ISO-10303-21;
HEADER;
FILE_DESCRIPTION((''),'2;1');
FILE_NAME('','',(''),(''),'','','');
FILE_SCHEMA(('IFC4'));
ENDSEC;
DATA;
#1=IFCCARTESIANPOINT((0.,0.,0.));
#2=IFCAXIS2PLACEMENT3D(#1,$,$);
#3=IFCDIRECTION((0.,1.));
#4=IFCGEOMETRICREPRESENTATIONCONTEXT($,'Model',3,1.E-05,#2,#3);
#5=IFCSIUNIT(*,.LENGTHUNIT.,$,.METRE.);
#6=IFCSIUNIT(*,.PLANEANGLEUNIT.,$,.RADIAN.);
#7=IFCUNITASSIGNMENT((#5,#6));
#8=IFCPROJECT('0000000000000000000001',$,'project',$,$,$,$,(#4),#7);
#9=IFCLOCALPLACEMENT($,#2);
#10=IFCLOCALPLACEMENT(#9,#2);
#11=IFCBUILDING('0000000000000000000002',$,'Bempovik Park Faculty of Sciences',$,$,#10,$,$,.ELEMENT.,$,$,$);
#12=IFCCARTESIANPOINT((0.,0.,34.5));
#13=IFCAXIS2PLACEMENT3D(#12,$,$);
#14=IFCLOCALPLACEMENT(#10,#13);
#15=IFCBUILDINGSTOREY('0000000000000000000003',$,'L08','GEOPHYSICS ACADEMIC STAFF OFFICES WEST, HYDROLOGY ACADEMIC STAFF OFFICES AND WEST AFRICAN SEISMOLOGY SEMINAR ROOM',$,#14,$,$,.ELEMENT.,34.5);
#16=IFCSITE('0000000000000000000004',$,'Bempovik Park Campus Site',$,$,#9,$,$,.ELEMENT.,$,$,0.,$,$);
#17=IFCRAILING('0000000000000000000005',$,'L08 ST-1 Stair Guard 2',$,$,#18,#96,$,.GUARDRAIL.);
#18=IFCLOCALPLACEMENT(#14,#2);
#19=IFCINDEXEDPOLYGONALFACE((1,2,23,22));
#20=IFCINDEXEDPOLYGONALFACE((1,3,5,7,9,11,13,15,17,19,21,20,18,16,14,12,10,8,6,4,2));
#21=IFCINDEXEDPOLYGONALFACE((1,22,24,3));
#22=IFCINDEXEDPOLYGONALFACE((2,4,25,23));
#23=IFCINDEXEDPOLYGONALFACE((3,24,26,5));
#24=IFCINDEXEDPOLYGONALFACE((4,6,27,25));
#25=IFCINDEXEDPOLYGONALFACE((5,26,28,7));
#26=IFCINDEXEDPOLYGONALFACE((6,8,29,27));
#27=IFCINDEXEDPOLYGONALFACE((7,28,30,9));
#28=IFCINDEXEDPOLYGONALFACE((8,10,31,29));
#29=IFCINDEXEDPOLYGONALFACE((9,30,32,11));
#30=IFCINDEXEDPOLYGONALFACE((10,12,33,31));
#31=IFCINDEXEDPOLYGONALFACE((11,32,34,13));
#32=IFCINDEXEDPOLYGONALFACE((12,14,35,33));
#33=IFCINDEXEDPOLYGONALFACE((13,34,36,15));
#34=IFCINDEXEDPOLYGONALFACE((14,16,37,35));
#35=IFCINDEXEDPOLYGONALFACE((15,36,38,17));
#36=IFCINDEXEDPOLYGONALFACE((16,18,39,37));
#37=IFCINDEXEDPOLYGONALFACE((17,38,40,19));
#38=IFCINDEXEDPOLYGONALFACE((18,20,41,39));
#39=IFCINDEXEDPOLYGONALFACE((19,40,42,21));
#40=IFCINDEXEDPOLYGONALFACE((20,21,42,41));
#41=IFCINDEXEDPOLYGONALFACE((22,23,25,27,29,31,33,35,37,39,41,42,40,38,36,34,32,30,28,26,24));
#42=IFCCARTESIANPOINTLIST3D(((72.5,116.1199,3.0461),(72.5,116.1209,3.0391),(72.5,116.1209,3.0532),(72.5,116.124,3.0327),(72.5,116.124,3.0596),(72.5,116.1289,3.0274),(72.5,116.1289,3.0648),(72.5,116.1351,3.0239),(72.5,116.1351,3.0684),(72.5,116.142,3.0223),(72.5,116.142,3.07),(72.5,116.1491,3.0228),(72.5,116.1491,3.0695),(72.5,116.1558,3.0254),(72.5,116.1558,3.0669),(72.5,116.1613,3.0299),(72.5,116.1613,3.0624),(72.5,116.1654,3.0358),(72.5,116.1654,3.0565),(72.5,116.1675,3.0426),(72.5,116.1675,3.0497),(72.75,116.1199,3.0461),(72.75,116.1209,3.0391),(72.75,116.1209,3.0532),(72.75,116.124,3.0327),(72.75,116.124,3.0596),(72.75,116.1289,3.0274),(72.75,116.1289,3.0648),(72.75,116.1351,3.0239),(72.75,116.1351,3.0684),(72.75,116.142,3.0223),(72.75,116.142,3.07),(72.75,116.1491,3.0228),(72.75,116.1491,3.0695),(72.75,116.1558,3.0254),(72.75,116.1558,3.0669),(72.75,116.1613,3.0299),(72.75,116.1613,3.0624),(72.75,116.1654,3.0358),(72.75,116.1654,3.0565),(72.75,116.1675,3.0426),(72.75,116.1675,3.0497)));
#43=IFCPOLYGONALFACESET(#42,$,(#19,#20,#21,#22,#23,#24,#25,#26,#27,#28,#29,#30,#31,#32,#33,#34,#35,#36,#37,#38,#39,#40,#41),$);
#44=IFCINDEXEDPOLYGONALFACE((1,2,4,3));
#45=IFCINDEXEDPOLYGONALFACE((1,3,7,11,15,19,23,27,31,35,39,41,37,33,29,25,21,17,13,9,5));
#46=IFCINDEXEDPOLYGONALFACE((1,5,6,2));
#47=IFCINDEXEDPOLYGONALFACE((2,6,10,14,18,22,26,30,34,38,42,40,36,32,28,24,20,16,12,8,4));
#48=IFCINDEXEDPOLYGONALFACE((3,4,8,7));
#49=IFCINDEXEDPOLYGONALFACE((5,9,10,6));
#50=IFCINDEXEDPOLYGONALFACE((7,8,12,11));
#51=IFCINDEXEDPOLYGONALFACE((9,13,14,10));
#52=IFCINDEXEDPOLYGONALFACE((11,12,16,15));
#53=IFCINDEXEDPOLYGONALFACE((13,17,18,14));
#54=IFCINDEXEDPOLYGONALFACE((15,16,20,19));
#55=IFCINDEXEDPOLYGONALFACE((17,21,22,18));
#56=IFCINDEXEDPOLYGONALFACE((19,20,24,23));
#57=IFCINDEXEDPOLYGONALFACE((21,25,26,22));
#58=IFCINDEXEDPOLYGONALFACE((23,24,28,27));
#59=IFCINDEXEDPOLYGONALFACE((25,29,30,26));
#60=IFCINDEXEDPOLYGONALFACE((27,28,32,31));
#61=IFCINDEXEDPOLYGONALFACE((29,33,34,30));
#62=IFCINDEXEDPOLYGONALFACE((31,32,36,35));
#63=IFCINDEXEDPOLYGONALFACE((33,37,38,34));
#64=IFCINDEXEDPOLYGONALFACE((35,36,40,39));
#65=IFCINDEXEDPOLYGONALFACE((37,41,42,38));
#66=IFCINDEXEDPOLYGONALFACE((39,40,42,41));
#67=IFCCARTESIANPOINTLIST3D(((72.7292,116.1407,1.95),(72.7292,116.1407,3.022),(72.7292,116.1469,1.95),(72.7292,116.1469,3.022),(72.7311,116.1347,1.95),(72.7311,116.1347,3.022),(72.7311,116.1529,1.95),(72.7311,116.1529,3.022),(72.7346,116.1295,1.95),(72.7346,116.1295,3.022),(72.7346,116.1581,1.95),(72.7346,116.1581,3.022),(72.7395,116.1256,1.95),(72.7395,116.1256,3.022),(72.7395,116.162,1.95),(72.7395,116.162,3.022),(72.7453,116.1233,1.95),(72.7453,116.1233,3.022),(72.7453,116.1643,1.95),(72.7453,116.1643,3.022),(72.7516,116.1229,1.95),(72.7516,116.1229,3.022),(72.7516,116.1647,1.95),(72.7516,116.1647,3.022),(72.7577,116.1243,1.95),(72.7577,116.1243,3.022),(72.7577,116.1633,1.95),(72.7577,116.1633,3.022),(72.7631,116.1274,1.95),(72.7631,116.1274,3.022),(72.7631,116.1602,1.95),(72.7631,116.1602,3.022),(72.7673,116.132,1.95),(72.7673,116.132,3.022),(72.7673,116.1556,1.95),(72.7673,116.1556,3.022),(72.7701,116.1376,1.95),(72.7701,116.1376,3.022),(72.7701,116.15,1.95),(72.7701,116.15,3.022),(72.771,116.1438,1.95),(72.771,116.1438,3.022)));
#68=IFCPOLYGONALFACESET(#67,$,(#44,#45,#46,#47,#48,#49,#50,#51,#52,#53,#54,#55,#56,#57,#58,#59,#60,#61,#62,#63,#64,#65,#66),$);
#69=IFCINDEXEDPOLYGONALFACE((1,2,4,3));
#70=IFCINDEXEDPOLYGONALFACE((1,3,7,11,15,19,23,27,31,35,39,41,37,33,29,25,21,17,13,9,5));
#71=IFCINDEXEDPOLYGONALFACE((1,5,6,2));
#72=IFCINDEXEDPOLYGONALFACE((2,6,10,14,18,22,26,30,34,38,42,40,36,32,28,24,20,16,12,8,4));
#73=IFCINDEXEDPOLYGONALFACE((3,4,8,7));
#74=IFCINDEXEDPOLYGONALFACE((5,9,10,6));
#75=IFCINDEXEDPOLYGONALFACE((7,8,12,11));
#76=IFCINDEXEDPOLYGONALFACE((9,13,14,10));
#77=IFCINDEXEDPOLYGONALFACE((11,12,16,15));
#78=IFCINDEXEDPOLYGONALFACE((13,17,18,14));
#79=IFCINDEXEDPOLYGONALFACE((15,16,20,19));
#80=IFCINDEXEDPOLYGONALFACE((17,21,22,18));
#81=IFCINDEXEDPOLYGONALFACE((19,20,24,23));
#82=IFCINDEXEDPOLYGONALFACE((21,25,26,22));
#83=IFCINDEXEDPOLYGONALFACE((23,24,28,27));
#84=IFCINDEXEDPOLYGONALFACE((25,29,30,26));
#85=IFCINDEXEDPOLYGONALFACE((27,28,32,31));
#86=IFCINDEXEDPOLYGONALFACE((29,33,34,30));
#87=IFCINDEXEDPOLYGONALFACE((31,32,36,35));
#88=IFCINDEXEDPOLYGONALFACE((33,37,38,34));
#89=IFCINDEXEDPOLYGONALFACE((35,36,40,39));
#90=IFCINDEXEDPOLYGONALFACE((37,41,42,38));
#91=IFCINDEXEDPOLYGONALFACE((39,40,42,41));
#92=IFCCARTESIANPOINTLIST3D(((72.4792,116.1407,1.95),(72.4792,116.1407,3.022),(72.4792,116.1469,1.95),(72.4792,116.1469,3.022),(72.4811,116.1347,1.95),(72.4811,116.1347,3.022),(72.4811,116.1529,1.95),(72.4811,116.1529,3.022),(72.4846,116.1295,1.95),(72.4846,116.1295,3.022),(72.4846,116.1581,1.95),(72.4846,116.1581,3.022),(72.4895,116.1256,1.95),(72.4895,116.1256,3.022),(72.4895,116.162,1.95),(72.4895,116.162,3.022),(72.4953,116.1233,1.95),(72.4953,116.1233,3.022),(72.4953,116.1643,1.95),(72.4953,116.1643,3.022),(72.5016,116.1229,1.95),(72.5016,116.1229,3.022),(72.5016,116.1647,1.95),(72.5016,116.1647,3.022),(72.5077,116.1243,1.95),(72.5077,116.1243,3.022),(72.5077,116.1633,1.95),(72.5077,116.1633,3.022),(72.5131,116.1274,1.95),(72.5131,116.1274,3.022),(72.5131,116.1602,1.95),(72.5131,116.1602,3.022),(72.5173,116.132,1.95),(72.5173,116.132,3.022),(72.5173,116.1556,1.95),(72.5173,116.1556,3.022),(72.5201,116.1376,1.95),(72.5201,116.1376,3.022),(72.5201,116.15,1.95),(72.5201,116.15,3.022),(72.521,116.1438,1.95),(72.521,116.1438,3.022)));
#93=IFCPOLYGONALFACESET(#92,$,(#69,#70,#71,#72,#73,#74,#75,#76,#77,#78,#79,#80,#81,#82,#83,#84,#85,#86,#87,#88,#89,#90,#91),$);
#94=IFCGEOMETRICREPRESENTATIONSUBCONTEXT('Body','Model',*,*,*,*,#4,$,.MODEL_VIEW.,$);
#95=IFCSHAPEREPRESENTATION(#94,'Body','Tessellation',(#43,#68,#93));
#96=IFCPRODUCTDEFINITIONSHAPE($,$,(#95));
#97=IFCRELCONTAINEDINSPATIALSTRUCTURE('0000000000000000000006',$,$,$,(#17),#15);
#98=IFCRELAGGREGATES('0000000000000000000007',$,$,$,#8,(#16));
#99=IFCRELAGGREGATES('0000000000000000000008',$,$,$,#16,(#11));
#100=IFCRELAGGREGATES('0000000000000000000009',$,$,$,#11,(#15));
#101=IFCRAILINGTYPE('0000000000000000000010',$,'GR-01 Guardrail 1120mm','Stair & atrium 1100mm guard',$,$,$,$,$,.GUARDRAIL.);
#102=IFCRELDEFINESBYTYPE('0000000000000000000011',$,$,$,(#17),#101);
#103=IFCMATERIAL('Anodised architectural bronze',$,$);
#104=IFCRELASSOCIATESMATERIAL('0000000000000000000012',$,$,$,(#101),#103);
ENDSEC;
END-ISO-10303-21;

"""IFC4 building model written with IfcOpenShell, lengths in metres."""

from ifc_helpers import new_model, si_unit, direction, frame, origin, origin_2d, place, context, subcontext, project, spatial, circle, extrude, material, type_object, element, save


model = new_model("IFC4")

# Units and contexts
model_context = context("Model", 3, precision=1e-05, world=origin(), true_north=direction((0.0, 1.0)))
body_context = subcontext(model_context, "Body", "Model", "MODEL_VIEW")
ifc_project = project(units=[si_unit("LENGTHUNIT", "METRE"), si_unit("PLANEANGLEUNIT", "RADIAN")], contexts=[model_context])

# Site, building, storey
site_placement = place(None, origin())
site = spatial("IfcSite", under=ifc_project, at=site_placement, Name="Bempovik Park Campus Site", CompositionType="ELEMENT", RefElevation=0.0)
building_placement = place(site_placement, origin())
building = spatial("IfcBuilding", under=site, at=building_placement, Name="Bempovik Park Faculty of Sciences", CompositionType="ELEMENT")
storey_placement = place(building_placement, frame((0.0, 0.0, 34.5)))
storey = spatial("IfcBuildingStorey", under=building, at=storey_placement, Name="L08", Description="GEOPHYSICS ACADEMIC STAFF OFFICES WEST, HYDROLOGY ACADEMIC STAFF OFFICES AND WEST AFRICAN SEISMOLOGY SEMINAR ROOM", CompositionType="ELEMENT", Elevation=34.5)

# Railing
ifc_material_1 = material(Name="Anodised architectural bronze")
railing_type_1 = type_object("IfcRailingType", Name="GR-01 Guardrail 1120mm", Description="Stair & atrium 1100mm guard", PredefinedType="GUARDRAIL", material=ifc_material_1)
railing_1_placement = place(storey_placement, frame((72.75, 116.1438, 1.95)))
element("IfcRailing", 1, at=railing_1_placement, inside=storey, type_object=railing_type_1, Name="L08 ST-1 Stair Guard 2", PredefinedType="GUARDRAIL", context=body_context, shape_type="SweptSolid", body=[
    extrude(circle(Radius=0.0239, at=origin_2d()), frame((0.0, 0.0, 1.0962), z_axis=(-1.0, 0.0, 0.0), x_axis=(0.0, -1.0, 0.0)), (0.0, 0.0, 1.0), 0.25),
    extrude(circle(Radius=0.021, at=origin_2d()), origin(), (0.0, 0.0, 1.0), 1.072),
    extrude(circle(Radius=0.021, at=origin_2d()), frame((-0.25, 0.0, 0.0)), (0.0, 0.0, 1.0), 1.072),
])

save(model, "model.ifc")
